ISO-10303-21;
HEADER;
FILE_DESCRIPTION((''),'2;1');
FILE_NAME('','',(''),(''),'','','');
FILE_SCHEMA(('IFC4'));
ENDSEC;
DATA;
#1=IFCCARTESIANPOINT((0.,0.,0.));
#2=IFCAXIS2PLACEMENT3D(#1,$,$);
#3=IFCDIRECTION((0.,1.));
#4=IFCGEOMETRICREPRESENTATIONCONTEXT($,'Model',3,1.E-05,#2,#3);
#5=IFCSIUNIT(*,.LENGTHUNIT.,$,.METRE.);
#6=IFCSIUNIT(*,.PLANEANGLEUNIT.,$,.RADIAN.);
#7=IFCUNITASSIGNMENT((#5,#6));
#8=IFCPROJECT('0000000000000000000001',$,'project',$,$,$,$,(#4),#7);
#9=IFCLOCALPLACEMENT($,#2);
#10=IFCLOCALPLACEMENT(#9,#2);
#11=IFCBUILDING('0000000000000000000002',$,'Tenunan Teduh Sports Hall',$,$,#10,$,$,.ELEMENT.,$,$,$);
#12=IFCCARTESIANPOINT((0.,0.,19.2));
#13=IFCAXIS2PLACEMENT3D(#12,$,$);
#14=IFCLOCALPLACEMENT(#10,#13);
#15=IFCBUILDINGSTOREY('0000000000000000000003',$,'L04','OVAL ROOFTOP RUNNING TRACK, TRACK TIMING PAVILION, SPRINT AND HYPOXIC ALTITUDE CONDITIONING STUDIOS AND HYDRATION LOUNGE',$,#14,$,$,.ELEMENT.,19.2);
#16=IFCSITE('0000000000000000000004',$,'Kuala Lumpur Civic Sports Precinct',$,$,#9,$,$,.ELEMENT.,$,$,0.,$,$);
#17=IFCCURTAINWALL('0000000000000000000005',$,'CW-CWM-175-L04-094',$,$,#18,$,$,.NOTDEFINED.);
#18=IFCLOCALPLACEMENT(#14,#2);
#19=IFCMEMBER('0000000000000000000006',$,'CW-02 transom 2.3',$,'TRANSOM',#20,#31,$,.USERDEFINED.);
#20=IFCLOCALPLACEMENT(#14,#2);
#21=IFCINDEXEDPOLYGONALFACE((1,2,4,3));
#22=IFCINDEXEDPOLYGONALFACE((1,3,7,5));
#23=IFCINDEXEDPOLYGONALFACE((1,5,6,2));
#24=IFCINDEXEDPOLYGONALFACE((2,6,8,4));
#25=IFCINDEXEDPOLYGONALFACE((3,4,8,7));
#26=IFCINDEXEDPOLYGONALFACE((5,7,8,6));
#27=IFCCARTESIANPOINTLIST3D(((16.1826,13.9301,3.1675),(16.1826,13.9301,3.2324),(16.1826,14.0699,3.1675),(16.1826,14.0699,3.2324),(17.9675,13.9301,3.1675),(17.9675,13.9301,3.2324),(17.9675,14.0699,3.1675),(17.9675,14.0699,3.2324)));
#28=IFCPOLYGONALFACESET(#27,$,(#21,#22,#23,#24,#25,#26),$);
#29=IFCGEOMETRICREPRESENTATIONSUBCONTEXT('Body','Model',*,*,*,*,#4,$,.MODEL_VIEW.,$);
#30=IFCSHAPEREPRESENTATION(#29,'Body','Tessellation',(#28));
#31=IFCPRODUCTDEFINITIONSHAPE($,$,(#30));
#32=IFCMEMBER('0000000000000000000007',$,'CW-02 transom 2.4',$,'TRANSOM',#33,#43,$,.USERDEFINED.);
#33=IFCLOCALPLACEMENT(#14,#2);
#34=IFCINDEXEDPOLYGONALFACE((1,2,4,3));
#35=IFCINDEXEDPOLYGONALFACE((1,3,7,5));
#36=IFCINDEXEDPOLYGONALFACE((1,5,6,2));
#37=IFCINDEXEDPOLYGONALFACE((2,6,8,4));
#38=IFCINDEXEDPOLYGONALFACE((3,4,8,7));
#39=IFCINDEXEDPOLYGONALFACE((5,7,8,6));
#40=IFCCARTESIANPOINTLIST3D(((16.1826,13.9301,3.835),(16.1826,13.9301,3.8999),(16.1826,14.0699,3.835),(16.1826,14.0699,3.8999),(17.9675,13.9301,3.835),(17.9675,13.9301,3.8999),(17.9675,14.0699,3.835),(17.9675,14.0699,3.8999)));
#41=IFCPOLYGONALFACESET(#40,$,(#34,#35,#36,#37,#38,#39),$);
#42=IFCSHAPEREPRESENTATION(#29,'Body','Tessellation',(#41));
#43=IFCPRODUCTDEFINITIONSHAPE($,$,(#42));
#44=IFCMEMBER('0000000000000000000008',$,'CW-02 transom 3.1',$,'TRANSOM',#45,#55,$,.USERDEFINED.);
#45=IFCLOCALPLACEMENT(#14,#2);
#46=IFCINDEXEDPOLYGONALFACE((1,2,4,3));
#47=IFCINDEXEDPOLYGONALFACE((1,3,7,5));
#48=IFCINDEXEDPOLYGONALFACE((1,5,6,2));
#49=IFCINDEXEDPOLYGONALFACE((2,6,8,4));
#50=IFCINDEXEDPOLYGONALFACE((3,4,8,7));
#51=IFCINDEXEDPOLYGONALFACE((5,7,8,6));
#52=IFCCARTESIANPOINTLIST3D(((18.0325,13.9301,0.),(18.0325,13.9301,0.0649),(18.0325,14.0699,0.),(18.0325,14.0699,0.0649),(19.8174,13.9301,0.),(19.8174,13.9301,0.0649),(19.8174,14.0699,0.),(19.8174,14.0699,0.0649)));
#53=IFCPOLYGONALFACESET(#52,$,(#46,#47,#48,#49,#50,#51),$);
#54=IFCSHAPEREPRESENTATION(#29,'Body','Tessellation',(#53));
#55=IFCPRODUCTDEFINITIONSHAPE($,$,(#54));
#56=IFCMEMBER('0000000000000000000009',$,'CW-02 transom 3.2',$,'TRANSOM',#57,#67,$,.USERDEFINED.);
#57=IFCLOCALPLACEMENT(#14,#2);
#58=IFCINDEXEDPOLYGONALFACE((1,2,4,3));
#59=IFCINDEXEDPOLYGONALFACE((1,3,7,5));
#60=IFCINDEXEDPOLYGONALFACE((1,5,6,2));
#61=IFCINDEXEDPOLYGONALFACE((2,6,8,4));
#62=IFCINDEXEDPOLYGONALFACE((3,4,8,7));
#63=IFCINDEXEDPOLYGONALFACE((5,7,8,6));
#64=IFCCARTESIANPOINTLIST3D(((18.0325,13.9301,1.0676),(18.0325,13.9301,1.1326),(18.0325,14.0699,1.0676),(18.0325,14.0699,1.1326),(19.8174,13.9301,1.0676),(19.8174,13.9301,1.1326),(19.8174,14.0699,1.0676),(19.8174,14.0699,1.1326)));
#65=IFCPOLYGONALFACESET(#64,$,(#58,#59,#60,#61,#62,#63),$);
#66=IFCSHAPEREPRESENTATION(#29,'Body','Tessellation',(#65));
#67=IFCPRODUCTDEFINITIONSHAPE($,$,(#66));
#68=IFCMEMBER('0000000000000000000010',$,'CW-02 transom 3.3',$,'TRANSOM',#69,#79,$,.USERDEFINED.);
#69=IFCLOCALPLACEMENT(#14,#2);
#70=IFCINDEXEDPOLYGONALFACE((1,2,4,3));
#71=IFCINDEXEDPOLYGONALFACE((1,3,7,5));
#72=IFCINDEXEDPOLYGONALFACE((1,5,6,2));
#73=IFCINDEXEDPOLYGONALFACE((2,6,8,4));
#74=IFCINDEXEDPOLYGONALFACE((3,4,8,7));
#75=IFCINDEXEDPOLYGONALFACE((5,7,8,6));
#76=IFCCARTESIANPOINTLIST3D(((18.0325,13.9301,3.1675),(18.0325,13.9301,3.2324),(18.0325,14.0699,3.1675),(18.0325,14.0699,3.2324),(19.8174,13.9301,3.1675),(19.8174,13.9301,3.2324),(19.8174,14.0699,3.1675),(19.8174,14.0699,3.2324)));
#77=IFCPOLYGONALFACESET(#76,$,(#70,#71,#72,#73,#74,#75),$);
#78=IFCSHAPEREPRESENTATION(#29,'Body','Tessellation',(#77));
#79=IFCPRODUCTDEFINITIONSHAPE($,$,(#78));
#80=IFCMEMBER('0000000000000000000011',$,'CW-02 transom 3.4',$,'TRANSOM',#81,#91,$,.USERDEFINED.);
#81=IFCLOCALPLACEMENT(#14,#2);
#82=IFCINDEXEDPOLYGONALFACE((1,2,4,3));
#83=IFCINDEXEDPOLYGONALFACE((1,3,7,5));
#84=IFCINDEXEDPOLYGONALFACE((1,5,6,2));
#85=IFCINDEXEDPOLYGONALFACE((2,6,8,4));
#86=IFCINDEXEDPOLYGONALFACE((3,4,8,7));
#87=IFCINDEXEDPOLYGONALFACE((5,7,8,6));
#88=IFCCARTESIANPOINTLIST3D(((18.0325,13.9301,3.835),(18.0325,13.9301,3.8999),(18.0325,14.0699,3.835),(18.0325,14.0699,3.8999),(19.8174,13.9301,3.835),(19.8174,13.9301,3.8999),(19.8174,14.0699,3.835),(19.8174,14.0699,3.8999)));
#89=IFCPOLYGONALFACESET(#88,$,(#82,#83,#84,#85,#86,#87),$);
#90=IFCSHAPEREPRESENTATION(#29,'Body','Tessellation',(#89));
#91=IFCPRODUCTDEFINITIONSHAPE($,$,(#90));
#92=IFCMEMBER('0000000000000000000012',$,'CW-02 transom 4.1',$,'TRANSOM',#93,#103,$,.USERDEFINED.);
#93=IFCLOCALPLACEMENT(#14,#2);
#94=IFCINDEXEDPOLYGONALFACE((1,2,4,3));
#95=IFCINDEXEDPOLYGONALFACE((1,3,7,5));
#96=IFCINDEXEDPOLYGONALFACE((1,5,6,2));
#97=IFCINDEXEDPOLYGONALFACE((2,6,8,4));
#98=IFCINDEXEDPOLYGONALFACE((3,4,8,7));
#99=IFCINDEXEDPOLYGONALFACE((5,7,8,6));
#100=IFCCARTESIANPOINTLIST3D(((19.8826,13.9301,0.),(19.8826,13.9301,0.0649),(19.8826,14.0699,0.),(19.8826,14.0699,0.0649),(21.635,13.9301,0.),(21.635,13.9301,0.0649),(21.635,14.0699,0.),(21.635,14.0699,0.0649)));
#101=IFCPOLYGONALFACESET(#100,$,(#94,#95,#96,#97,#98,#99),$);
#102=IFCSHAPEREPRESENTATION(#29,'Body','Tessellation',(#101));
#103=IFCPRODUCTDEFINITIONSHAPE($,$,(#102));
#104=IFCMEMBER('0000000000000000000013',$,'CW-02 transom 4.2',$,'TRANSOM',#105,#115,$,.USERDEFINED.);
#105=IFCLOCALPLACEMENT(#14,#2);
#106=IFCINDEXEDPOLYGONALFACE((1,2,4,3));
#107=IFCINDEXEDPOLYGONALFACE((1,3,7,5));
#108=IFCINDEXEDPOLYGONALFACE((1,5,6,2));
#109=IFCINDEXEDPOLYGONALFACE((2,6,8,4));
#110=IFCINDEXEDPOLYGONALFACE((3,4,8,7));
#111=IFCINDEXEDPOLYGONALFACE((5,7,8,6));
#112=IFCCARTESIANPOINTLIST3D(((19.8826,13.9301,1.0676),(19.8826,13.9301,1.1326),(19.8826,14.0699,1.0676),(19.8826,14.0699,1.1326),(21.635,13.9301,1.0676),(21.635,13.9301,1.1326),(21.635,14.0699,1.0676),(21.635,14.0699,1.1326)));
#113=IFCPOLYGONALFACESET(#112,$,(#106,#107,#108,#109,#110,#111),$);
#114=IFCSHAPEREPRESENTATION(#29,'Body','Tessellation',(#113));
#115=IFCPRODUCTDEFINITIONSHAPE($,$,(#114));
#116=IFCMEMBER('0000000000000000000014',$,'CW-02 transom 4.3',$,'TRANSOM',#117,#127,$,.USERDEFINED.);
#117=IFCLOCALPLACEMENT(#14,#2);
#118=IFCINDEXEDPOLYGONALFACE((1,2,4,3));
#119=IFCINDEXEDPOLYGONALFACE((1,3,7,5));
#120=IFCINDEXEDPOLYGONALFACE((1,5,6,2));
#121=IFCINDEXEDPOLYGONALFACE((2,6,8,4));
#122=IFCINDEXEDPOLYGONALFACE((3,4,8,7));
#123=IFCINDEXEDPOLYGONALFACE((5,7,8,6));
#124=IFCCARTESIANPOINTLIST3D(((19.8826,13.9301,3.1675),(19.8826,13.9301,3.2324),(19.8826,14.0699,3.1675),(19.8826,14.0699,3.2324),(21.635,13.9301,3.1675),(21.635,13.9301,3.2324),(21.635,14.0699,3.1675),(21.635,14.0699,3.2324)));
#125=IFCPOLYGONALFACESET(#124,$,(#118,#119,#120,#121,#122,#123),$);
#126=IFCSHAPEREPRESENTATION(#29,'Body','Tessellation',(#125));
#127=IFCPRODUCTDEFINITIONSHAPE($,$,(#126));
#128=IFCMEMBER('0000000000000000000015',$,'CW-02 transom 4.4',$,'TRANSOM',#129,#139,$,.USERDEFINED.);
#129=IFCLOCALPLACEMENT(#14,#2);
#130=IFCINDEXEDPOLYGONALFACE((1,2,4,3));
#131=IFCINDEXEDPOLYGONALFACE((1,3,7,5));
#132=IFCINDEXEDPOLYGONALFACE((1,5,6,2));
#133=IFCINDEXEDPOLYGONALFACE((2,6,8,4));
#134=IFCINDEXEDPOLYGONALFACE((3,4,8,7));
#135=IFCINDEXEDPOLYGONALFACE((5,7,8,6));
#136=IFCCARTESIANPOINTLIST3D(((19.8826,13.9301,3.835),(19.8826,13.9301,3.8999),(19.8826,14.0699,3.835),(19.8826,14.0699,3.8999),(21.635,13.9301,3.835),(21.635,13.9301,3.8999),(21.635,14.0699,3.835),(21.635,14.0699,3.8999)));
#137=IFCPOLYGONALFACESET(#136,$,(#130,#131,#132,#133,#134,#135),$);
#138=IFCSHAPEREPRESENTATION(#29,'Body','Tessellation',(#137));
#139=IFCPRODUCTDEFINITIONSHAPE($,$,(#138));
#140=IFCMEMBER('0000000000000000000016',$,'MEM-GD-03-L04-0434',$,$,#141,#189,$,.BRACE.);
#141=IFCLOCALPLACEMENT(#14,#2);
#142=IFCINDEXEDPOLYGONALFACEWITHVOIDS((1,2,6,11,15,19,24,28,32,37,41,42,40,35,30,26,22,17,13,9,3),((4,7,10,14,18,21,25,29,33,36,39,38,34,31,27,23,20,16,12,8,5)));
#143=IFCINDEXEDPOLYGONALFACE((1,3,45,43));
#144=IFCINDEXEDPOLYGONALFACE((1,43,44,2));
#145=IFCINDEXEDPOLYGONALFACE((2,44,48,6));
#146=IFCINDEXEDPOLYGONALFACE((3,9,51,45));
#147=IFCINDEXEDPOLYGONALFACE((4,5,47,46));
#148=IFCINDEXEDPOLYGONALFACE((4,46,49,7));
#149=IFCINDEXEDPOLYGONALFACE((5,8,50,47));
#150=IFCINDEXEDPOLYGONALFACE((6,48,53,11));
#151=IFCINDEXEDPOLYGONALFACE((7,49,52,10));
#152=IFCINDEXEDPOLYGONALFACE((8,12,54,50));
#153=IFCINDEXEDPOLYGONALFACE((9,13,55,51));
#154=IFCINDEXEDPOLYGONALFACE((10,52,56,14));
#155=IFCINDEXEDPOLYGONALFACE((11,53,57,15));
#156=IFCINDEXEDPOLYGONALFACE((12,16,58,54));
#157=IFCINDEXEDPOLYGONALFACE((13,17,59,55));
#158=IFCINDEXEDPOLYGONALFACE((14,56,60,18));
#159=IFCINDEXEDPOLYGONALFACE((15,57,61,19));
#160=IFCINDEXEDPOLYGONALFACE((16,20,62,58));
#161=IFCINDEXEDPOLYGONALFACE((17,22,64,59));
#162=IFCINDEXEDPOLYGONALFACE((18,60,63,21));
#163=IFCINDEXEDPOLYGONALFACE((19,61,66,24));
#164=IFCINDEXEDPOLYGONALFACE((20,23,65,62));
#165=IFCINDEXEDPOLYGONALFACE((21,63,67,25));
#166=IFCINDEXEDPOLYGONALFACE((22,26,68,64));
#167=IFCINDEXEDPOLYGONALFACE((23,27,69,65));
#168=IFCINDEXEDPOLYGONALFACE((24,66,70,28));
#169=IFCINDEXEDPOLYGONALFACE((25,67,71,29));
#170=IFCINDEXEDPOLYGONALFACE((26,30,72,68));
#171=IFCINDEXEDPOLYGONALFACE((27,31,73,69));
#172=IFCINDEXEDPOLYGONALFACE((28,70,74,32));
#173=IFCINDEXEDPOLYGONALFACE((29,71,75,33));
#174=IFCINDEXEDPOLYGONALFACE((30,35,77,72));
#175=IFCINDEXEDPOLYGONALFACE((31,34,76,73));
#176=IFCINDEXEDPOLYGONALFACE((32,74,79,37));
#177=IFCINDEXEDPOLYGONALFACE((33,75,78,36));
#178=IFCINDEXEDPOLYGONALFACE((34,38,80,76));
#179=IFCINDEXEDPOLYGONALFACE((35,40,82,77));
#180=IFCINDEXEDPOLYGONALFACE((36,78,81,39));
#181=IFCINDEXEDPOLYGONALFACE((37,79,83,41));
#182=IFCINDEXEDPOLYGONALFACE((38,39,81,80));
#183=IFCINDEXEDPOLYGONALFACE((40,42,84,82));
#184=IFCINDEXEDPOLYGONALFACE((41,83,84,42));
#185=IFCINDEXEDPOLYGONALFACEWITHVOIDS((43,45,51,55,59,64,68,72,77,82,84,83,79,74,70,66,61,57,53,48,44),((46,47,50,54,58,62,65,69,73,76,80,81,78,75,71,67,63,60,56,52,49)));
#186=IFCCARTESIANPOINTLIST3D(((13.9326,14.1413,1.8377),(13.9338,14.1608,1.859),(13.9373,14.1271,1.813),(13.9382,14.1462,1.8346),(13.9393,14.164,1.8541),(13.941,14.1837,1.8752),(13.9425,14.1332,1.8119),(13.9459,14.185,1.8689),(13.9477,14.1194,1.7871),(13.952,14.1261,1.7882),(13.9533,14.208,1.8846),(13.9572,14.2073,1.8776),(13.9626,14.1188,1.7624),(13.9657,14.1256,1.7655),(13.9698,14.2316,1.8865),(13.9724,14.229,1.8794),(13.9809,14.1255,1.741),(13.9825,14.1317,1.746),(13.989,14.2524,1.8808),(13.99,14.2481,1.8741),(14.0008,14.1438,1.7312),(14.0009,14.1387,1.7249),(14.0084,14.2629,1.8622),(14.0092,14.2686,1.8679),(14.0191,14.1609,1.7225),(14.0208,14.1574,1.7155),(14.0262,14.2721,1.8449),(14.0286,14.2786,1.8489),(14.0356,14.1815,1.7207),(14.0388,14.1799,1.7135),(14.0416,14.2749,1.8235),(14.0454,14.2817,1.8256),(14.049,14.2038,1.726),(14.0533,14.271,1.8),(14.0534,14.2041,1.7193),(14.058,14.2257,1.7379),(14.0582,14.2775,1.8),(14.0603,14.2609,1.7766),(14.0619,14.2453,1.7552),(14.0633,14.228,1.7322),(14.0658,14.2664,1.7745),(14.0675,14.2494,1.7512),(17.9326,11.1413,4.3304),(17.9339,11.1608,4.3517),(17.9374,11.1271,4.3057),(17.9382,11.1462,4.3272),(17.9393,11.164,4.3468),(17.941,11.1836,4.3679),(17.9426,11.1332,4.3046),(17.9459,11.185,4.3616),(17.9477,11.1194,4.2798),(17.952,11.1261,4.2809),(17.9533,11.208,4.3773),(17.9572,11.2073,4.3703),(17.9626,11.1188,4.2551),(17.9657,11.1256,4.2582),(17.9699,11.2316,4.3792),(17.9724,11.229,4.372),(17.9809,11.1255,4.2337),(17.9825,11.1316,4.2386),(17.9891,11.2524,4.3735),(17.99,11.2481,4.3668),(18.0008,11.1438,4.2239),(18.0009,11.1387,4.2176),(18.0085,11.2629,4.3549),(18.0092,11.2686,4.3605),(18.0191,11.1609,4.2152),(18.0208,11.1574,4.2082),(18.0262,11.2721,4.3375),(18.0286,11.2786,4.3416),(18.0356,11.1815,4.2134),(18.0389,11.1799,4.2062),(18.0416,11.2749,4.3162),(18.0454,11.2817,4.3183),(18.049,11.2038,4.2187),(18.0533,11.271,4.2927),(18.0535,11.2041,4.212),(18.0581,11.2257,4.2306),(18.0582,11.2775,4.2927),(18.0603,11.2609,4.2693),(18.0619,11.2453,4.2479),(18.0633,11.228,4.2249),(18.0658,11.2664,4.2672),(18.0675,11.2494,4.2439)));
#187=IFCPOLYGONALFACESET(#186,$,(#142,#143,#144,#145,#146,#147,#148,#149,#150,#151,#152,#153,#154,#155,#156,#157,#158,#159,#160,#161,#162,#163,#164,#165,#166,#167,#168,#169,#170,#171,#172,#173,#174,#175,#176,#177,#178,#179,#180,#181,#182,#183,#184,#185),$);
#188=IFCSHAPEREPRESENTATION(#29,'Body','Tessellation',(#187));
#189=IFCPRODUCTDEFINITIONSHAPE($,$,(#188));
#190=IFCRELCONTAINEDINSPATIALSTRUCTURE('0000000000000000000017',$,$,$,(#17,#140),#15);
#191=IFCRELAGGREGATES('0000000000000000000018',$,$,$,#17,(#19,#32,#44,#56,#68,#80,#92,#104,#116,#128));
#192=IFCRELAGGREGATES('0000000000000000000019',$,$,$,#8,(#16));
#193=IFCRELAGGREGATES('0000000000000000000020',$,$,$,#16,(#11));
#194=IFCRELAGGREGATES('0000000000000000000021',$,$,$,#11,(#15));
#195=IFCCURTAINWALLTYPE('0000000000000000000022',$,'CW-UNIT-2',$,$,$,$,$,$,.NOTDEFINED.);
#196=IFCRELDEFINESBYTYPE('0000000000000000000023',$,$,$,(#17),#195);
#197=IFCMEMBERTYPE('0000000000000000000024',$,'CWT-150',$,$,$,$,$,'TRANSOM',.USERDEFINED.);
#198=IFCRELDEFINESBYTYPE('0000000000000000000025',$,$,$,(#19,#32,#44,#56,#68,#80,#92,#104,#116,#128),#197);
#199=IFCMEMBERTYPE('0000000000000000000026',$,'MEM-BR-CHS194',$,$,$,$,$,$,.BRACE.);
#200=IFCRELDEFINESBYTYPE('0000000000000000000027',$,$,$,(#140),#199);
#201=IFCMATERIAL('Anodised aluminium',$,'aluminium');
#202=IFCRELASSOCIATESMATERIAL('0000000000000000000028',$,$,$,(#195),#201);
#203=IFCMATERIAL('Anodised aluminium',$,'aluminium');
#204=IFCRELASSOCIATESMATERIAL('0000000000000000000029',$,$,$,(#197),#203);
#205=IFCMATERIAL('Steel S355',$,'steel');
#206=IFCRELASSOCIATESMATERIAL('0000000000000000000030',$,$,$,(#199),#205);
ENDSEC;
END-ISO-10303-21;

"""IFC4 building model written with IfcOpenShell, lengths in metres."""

from ifc_helpers import new_model, si_unit, direction, frame, origin, origin_2d, place, context, subcontext, project, spatial, rectangle, hollow_circle, extrude, material, material_profile, profile_set, type_object, element, aggregate, save


model = new_model("IFC4")

# Units and contexts
model_context = context("Model", 3, precision=1e-05, world=origin(), true_north=direction((0.0, 1.0)))
body_context = subcontext(model_context, "Body", "Model", "MODEL_VIEW")
ifc_project = project(units=[si_unit("LENGTHUNIT", "METRE"), si_unit("PLANEANGLEUNIT", "RADIAN")], contexts=[model_context])

# Site, building, storey
site_placement = place(None, origin())
site = spatial("IfcSite", under=ifc_project, at=site_placement, Name="Kuala Lumpur Civic Sports Precinct", CompositionType="ELEMENT", RefElevation=0.0)
building_placement = place(site_placement, origin())
building = spatial("IfcBuilding", under=site, at=building_placement, Name="Tenunan Teduh Sports Hall", CompositionType="ELEMENT")
storey_placement = place(building_placement, frame((0.0, 0.0, 19.2)))
storey = spatial("IfcBuildingStorey", under=building, at=storey_placement, Name="L04", Description="OVAL ROOFTOP RUNNING TRACK, TRACK TIMING PAVILION, SPRINT AND HYPOXIC ALTITUDE CONDITIONING STUDIOS AND HYDRATION LOUNGE", CompositionType="ELEMENT", Elevation=19.2)

# Curtain wall, members
ifc_material_1 = material(Name="Anodised aluminium", Category="aluminium")
curtain_wall_type = type_object("IfcCurtainWallType", Name="CW-UNIT-2", PredefinedType="NOTDEFINED", material=ifc_material_1)
curtain_wall_placement = place(storey_placement, origin())
curtain_wall = element("IfcCurtainWall", 1, at=curtain_wall_placement, inside=storey, type_object=curtain_wall_type, Name="CW-CWM-175-L04-094", PredefinedType="NOTDEFINED")
ifc_material_2 = material(Name="Anodised aluminium", Category="aluminium")
ifc_material_profile_1 = material_profile(ifc_material_2, rectangle(XDim=0.0649, YDim=0.1399, at=origin_2d()), Name="CWT 65x140")
ifc_profile_set_1 = profile_set([ifc_material_profile_1], Name="Anodised aluminium")
member_type_1 = type_object("IfcMemberType", Name="CWT-150", ElementType="TRANSOM", PredefinedType="USERDEFINED", material=ifc_profile_set_1)
member_1_placement = place(storey_placement, frame((16.1826, 14.0, 3.2), z_axis=(1.0, 0.0, 0.0), x_axis=(0.0, 0.0, 1.0)))
member_1 = element("IfcMember", 2, at=member_1_placement, type_object=member_type_1, Name="CW-02 transom 2.3", ObjectType="TRANSOM", PredefinedType="USERDEFINED", context=body_context, shape_type="SweptSolid", body=[
    extrude(rectangle(XDim=0.0649, YDim=0.1399, at=origin_2d()), origin(), (0.0, 0.0, 1.0), 1.7849),
])
member_2_placement = place(storey_placement, frame((16.1826, 14.0, 3.8674), z_axis=(1.0, 0.0, 0.0), x_axis=(0.0, 0.0, 1.0)))
member_2 = element("IfcMember", 3, at=member_2_placement, type_object=member_type_1, Name="CW-02 transom 2.4", ObjectType="TRANSOM", PredefinedType="USERDEFINED", context=body_context, shape_type="SweptSolid", body=[
    extrude(rectangle(XDim=0.0649, YDim=0.1399, at=origin_2d()), origin(), (0.0, 0.0, 1.0), 1.7849),
])
member_3_placement = place(storey_placement, frame((18.0325, 14.0, 0.0325), z_axis=(1.0, 0.0, 0.0), x_axis=(0.0, 0.0, 1.0)))
member_3 = element("IfcMember", 4, at=member_3_placement, type_object=member_type_1, Name="CW-02 transom 3.1", ObjectType="TRANSOM", PredefinedType="USERDEFINED", context=body_context, shape_type="SweptSolid", body=[
    extrude(rectangle(XDim=0.0649, YDim=0.1399, at=origin_2d()), origin(), (0.0, 0.0, 1.0), 1.7849),
])
member_4_placement = place(storey_placement, frame((18.0325, 14.0, 1.1001), z_axis=(1.0, 0.0, 0.0), x_axis=(0.0, 0.0, 1.0)))
member_4 = element("IfcMember", 5, at=member_4_placement, type_object=member_type_1, Name="CW-02 transom 3.2", ObjectType="TRANSOM", PredefinedType="USERDEFINED", context=body_context, shape_type="SweptSolid", body=[
    extrude(rectangle(XDim=0.0649, YDim=0.1399, at=origin_2d()), origin(), (0.0, 0.0, 1.0), 1.7849),
])
member_5_placement = place(storey_placement, frame((18.0325, 14.0, 3.2), z_axis=(1.0, 0.0, 0.0), x_axis=(0.0, 0.0, 1.0)))
member_5 = element("IfcMember", 6, at=member_5_placement, type_object=member_type_1, Name="CW-02 transom 3.3", ObjectType="TRANSOM", PredefinedType="USERDEFINED", context=body_context, shape_type="SweptSolid", body=[
    extrude(rectangle(XDim=0.0649, YDim=0.1399, at=origin_2d()), origin(), (0.0, 0.0, 1.0), 1.7849),
])
member_6_placement = place(storey_placement, frame((18.0325, 14.0, 3.8674), z_axis=(1.0, 0.0, 0.0), x_axis=(0.0, 0.0, 1.0)))
member_6 = element("IfcMember", 7, at=member_6_placement, type_object=member_type_1, Name="CW-02 transom 3.4", ObjectType="TRANSOM", PredefinedType="USERDEFINED", context=body_context, shape_type="SweptSolid", body=[
    extrude(rectangle(XDim=0.0649, YDim=0.1399, at=origin_2d()), origin(), (0.0, 0.0, 1.0), 1.7849),
])
member_7_placement = place(storey_placement, frame((19.8826, 14.0, 0.0325), z_axis=(1.0, 0.0, 0.0), x_axis=(0.0, 0.0, 1.0)))
member_7 = element("IfcMember", 8, at=member_7_placement, type_object=member_type_1, Name="CW-02 transom 4.1", ObjectType="TRANSOM", PredefinedType="USERDEFINED", context=body_context, shape_type="SweptSolid", body=[
    extrude(rectangle(XDim=0.0649, YDim=0.1399, at=origin_2d()), origin(), (0.0, 0.0, 1.0), 1.7524),
])
member_8_placement = place(storey_placement, frame((19.8826, 14.0, 1.1001), z_axis=(1.0, 0.0, 0.0), x_axis=(0.0, 0.0, 1.0)))
member_8 = element("IfcMember", 9, at=member_8_placement, type_object=member_type_1, Name="CW-02 transom 4.2", ObjectType="TRANSOM", PredefinedType="USERDEFINED", context=body_context, shape_type="SweptSolid", body=[
    extrude(rectangle(XDim=0.0649, YDim=0.1399, at=origin_2d()), origin(), (0.0, 0.0, 1.0), 1.7524),
])
member_9_placement = place(storey_placement, frame((19.8826, 14.0, 3.2), z_axis=(1.0, 0.0, 0.0), x_axis=(0.0, 0.0, 1.0)))
member_9 = element("IfcMember", 10, at=member_9_placement, type_object=member_type_1, Name="CW-02 transom 4.3", ObjectType="TRANSOM", PredefinedType="USERDEFINED", context=body_context, shape_type="SweptSolid", body=[
    extrude(rectangle(XDim=0.0649, YDim=0.1399, at=origin_2d()), origin(), (0.0, 0.0, 1.0), 1.7524),
])
member_10_placement = place(storey_placement, frame((19.8826, 14.0, 3.8674), z_axis=(1.0, 0.0, 0.0), x_axis=(0.0, 0.0, 1.0)))
member_10 = element("IfcMember", 11, at=member_10_placement, type_object=member_type_1, Name="CW-02 transom 4.4", ObjectType="TRANSOM", PredefinedType="USERDEFINED", context=body_context, shape_type="SweptSolid", body=[
    extrude(rectangle(XDim=0.0649, YDim=0.1399, at=origin_2d()), origin(), (0.0, 0.0, 1.0), 1.7524),
])

# Member
ifc_material_3 = material(Name="Steel S355", Category="steel")
ifc_material_profile_2 = material_profile(ifc_material_3, hollow_circle(Radius=0.0969, WallThickness=0.0081, at=origin_2d()), Name="CHS 193.7x8.0")
ifc_profile_set_2 = profile_set([ifc_material_profile_2], Name="Steel S355")
member_type_2 = type_object("IfcMemberType", Name="MEM-BR-CHS194", PredefinedType="BRACE", material=ifc_profile_set_2)
member_11_placement = place(storey_placement, frame((14.0, 14.2, 1.8), z_axis=(0.715961, -0.536971, 0.446165), x_axis=(0.6, 0.8, 0.0)))
element("IfcMember", 12, at=member_11_placement, inside=storey, type_object=member_type_2, Name="MEM-GD-03-L04-0434", PredefinedType="BRACE", context=body_context, shape_type="SweptSolid", body=[
    extrude(hollow_circle(Radius=0.0969, WallThickness=0.0081, at=origin_2d()), origin(), (0.0, 0.0, 1.0), 5.5869),
])

aggregate(curtain_wall, [member_1, member_2, member_3, member_4, member_5, member_6, member_7, member_8, member_9, member_10])

save(model, "model.ifc")
